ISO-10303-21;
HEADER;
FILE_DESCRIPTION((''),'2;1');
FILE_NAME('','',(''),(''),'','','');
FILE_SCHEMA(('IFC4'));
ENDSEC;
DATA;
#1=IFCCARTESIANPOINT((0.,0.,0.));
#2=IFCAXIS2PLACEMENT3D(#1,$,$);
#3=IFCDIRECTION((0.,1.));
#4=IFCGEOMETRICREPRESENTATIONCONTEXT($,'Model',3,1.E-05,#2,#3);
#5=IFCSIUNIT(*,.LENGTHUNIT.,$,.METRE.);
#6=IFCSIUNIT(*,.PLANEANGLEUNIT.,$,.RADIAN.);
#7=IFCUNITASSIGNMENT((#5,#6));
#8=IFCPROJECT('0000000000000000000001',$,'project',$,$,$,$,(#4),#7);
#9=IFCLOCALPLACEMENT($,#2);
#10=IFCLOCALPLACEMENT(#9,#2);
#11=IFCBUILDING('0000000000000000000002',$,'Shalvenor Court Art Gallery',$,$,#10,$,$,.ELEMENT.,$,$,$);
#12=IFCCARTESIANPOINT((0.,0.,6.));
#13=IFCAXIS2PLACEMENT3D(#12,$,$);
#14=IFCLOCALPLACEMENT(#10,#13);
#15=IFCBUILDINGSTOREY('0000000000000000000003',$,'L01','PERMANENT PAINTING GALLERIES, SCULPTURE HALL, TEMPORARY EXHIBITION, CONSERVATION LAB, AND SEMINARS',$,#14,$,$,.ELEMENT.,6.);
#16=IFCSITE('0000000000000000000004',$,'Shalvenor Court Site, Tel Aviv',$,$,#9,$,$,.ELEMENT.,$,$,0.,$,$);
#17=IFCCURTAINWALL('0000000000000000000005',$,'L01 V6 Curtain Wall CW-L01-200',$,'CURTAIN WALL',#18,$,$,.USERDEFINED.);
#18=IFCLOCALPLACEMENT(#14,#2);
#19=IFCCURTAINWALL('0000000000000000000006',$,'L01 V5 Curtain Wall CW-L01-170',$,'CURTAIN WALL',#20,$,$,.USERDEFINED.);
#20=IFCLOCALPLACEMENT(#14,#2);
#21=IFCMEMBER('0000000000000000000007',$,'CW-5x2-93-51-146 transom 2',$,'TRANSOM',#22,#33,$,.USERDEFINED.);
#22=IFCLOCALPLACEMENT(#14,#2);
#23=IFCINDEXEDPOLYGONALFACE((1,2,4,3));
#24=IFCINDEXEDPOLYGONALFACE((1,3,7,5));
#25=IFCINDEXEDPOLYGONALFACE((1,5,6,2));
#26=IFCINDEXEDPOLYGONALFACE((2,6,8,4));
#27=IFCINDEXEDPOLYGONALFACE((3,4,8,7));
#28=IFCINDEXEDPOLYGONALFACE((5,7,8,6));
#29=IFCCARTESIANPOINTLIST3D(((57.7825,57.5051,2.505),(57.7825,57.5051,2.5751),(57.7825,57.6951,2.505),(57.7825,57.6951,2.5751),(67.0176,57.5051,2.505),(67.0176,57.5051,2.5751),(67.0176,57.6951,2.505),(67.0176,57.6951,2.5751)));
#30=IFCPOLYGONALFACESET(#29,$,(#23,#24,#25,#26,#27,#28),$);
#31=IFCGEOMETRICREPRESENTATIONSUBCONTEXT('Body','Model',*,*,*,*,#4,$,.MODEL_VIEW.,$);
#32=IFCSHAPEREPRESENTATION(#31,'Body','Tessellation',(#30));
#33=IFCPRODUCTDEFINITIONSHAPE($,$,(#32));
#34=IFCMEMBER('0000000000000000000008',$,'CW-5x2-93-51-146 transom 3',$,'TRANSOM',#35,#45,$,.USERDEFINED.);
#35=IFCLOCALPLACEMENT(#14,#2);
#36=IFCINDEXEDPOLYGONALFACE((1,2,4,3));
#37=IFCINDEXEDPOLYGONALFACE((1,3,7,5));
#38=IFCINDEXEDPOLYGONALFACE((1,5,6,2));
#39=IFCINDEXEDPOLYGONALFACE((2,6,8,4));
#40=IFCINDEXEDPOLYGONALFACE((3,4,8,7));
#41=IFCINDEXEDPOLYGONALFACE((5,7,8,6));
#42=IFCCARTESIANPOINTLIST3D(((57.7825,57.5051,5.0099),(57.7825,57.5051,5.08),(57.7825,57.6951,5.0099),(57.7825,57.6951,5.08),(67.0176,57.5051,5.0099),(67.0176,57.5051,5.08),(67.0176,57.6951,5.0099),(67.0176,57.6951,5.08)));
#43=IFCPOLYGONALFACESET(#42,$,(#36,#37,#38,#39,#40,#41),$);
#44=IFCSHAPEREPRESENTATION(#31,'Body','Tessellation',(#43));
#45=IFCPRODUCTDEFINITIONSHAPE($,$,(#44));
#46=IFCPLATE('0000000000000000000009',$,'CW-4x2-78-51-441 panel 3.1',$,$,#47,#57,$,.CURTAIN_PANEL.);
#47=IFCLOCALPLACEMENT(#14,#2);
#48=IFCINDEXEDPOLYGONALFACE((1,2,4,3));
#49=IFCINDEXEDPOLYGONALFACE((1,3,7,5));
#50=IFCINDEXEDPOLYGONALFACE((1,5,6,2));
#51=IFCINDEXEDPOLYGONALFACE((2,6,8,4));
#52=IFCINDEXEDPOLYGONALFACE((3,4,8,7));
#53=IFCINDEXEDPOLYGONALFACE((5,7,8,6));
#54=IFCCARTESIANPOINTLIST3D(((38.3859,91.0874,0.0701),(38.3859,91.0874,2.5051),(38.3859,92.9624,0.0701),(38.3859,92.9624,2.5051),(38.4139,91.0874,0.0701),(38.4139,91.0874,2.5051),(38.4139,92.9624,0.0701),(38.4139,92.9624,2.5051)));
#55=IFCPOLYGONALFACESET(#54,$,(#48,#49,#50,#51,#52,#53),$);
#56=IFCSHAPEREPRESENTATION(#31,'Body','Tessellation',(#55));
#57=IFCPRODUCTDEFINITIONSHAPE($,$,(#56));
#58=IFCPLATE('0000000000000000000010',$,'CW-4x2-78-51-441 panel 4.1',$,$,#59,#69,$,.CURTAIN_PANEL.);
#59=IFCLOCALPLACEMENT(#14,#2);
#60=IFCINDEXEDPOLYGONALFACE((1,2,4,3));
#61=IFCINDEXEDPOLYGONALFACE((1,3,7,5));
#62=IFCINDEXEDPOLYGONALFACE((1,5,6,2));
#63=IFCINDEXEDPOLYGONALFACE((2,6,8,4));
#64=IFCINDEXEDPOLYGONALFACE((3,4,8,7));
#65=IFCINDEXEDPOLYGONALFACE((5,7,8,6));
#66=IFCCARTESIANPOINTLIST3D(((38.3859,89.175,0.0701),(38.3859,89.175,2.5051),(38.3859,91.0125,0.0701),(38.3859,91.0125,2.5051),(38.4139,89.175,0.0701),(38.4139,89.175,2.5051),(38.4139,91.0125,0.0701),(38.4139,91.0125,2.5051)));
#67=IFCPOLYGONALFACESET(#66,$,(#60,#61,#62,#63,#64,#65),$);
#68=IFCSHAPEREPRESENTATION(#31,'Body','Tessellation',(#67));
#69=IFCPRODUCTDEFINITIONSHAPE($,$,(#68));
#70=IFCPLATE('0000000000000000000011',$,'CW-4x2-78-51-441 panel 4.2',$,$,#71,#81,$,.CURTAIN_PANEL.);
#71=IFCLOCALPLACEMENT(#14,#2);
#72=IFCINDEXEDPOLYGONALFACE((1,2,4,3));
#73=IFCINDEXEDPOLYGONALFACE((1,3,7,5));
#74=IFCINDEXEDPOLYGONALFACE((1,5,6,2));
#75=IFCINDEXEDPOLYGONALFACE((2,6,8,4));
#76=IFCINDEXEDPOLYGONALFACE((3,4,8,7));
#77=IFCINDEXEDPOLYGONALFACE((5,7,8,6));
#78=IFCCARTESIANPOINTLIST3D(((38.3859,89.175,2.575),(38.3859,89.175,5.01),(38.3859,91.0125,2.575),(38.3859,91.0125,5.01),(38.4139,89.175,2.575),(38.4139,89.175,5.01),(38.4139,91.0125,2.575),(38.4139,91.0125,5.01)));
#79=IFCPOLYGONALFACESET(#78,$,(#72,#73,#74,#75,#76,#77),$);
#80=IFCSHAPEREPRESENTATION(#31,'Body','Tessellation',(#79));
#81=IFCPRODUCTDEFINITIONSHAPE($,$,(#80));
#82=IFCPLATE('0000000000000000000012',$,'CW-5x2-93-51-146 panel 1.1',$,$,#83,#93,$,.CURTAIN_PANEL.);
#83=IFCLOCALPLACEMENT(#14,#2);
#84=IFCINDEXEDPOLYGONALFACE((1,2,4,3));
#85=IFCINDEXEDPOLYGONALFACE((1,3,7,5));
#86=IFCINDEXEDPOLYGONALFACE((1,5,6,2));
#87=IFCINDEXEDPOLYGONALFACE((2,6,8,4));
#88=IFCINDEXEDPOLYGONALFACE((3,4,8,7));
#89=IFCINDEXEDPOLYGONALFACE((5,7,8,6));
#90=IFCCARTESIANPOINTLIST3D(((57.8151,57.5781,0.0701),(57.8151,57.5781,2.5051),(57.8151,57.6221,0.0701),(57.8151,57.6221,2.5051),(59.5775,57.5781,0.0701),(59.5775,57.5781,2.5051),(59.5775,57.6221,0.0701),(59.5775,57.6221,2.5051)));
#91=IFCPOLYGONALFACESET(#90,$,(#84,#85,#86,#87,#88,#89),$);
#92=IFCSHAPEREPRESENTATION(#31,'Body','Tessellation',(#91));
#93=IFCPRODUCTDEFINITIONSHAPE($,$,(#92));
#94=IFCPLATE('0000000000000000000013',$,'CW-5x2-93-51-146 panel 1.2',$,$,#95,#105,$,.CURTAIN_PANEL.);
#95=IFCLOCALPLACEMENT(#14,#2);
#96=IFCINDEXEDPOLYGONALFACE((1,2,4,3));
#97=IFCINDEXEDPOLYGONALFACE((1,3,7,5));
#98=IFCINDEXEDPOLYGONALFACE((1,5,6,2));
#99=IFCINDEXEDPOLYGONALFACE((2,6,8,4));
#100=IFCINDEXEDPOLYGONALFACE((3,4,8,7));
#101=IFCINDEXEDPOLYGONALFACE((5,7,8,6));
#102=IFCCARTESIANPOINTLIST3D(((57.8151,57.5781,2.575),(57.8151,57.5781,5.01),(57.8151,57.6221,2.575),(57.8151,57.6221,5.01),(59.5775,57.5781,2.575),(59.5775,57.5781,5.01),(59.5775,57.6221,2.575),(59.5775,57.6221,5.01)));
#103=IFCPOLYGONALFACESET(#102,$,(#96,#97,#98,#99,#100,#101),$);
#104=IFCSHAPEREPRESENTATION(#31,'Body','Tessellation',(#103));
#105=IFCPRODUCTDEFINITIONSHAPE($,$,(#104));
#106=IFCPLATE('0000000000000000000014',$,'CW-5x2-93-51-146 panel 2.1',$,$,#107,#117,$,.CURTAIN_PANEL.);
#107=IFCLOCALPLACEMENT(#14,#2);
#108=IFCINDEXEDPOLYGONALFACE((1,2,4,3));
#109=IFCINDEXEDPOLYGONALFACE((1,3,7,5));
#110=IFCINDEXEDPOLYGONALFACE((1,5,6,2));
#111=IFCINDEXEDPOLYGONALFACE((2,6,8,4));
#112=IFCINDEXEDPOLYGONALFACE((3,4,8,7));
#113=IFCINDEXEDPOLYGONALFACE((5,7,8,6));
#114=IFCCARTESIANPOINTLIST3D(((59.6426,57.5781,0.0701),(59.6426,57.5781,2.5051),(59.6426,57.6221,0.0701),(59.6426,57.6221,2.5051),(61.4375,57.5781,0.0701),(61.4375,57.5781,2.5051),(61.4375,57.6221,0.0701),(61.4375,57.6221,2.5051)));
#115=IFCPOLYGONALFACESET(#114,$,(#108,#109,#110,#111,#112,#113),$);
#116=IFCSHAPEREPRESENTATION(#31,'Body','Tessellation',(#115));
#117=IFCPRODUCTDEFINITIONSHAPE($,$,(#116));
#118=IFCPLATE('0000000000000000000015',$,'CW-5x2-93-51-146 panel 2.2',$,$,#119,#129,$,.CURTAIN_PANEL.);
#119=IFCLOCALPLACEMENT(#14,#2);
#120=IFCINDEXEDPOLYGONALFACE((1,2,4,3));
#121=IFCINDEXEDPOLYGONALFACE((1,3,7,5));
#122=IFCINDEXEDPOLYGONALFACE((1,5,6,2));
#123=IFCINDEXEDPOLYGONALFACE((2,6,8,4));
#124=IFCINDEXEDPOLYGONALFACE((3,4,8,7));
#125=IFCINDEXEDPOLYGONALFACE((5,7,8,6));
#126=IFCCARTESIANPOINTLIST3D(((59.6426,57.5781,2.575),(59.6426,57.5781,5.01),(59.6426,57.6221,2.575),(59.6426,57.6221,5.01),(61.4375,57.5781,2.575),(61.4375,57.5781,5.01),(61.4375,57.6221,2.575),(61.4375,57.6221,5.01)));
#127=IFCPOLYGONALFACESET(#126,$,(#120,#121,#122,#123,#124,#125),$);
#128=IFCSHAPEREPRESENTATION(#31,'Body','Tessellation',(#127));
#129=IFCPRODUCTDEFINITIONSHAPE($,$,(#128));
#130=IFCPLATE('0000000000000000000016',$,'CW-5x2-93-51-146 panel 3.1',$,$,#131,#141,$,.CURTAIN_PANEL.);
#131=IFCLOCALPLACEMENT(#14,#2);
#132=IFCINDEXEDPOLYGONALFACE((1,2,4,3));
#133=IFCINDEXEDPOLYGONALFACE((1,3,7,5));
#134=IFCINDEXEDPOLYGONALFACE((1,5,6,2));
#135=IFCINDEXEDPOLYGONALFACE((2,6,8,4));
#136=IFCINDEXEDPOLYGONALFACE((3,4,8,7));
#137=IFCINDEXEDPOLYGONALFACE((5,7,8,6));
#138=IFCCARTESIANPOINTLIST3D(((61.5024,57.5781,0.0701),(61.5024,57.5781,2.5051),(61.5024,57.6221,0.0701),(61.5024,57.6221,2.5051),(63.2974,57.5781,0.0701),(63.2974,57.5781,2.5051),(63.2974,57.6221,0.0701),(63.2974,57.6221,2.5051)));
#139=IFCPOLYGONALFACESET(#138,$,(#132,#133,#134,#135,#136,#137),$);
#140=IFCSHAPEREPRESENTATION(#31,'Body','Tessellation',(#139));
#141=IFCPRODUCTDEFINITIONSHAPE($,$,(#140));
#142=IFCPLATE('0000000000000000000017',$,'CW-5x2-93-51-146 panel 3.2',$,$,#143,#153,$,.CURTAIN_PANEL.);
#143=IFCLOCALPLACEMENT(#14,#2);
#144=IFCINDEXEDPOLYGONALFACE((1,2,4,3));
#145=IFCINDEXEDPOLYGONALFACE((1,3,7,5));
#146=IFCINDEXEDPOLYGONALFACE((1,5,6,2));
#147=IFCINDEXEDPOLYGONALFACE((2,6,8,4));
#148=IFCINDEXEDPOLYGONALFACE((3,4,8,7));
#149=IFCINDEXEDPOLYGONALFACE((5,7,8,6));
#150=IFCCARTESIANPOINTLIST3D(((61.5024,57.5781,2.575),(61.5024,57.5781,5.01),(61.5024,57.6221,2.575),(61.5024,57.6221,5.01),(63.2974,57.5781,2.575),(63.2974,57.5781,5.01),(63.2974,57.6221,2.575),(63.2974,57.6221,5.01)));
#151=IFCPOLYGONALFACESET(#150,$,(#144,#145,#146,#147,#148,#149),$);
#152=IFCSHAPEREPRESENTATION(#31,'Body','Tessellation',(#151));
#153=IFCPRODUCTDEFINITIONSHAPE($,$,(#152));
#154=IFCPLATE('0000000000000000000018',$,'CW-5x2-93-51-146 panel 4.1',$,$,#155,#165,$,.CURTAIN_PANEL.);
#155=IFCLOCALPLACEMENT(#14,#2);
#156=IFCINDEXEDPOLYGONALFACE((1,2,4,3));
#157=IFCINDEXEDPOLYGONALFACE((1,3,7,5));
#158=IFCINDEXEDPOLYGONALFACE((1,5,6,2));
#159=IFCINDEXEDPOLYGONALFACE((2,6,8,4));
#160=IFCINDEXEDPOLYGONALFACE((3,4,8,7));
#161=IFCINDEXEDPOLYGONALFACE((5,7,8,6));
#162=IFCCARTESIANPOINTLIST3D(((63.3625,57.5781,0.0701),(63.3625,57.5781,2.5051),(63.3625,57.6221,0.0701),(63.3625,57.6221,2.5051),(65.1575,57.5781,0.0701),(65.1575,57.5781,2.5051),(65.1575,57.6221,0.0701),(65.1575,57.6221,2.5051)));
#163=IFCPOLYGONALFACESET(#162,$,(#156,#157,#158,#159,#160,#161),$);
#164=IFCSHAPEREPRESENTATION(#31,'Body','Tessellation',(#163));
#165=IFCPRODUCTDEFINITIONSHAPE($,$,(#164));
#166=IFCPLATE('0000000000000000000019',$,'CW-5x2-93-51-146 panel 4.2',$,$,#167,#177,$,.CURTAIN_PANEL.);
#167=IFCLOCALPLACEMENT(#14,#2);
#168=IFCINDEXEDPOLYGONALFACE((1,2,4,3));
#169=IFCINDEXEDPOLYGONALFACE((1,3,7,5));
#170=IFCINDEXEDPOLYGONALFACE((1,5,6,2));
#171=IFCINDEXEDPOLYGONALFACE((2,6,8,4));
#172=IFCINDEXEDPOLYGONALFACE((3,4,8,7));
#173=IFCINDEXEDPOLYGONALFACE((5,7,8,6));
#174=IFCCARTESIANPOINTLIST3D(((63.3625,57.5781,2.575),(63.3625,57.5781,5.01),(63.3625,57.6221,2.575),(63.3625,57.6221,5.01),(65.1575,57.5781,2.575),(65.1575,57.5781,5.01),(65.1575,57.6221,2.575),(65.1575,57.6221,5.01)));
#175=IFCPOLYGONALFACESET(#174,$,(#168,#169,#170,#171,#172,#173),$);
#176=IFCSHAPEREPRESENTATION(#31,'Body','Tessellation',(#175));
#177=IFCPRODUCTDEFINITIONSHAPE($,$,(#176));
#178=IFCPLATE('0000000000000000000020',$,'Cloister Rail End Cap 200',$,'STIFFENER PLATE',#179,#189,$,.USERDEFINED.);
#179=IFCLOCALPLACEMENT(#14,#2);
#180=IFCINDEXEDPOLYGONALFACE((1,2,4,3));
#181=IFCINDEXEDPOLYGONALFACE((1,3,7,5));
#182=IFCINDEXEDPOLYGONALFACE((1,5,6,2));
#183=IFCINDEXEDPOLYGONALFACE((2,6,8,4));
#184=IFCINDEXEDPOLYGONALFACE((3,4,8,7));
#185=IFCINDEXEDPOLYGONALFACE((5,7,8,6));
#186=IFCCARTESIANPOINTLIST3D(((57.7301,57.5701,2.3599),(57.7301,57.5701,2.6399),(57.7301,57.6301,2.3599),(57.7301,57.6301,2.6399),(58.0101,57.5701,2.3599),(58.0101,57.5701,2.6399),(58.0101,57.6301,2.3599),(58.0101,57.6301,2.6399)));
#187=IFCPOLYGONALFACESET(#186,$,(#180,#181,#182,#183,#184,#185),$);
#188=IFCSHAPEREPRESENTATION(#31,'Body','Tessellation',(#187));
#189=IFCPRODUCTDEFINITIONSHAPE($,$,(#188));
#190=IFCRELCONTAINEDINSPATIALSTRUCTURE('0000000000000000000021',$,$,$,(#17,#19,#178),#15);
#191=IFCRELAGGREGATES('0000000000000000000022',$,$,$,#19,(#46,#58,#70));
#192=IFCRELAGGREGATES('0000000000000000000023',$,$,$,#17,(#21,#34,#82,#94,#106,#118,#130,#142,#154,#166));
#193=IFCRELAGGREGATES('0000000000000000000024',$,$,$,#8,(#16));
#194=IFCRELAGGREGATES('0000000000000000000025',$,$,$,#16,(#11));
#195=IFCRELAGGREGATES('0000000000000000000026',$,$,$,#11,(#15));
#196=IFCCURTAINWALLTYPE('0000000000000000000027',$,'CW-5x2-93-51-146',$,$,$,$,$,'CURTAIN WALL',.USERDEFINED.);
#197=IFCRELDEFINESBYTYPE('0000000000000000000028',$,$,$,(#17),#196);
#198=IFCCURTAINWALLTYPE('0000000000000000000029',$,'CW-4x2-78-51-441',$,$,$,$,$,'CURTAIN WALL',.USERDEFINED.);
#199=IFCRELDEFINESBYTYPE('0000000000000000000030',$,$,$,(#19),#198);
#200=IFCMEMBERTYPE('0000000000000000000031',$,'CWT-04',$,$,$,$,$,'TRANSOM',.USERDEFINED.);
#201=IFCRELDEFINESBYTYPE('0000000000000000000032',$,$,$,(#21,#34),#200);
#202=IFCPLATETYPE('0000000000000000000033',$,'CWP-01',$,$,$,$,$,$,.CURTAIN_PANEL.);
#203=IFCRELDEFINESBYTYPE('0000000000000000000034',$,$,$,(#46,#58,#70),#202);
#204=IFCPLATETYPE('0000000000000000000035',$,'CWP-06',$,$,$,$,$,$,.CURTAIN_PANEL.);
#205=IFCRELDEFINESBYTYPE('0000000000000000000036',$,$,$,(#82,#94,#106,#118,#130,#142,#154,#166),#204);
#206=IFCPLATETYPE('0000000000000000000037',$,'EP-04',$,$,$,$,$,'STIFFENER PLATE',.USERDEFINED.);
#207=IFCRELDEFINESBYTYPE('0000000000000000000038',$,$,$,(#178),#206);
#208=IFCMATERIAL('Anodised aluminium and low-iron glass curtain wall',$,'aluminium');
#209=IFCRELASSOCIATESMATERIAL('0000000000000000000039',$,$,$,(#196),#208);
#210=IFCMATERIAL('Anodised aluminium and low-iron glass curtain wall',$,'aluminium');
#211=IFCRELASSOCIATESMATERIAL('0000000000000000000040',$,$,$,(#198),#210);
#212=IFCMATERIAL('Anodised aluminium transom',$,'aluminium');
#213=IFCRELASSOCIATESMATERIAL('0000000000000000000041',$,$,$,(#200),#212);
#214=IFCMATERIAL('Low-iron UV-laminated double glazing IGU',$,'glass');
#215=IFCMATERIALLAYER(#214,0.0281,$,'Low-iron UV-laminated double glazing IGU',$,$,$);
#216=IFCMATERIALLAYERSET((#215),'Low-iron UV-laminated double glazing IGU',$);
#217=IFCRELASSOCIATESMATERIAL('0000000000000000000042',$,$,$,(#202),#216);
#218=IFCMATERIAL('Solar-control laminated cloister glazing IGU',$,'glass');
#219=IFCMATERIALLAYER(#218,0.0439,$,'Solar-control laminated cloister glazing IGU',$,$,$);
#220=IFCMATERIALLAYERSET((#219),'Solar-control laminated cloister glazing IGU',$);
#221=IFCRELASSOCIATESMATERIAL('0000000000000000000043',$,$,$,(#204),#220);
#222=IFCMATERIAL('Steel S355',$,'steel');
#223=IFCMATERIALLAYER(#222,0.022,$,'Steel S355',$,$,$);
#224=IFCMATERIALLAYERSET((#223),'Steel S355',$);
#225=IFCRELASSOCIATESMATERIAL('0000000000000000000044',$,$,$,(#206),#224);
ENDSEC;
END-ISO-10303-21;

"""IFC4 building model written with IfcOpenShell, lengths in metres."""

from ifc_helpers import new_model, si_unit, direction, frame, origin, origin_2d, place, context, subcontext, project, spatial, rectangle, extrude, material, layer, layer_set, material_profile, profile_set, type_object, element, aggregate, save


model = new_model("IFC4")

# Units and contexts
model_context = context("Model", 3, precision=1e-05, world=origin(), true_north=direction((0.0, 1.0)))
body_context = subcontext(model_context, "Body", "Model", "MODEL_VIEW")
ifc_project = project(units=[si_unit("LENGTHUNIT", "METRE"), si_unit("PLANEANGLEUNIT", "RADIAN")], contexts=[model_context])

# Site, building, storey
site_placement = place(None, origin())
site = spatial("IfcSite", under=ifc_project, at=site_placement, Name="Shalvenor Court Site, Tel Aviv", CompositionType="ELEMENT", RefElevation=0.0)
building_placement = place(site_placement, origin())
building = spatial("IfcBuilding", under=site, at=building_placement, Name="Shalvenor Court Art Gallery", CompositionType="ELEMENT")
storey_placement = place(building_placement, frame((0.0, 0.0, 6.0)))
storey = spatial("IfcBuildingStorey", under=building, at=storey_placement, Name="L01", Description="PERMANENT PAINTING GALLERIES, SCULPTURE HALL, TEMPORARY EXHIBITION, CONSERVATION LAB, AND SEMINARS", CompositionType="ELEMENT", Elevation=6.0)

# Curtain walls
ifc_material_1 = material(Name="Anodised aluminium and low-iron glass curtain wall", Category="aluminium")
curtain_wall_type_1 = type_object("IfcCurtainWallType", Name="CW-5x2-93-51-146", ElementType="CURTAIN WALL", PredefinedType="USERDEFINED", material=ifc_material_1)
curtain_wall_1_placement = place(storey_placement, origin())
curtain_wall_1 = element("IfcCurtainWall", 1, at=curtain_wall_1_placement, inside=storey, type_object=curtain_wall_type_1, Name="L01 V6 Curtain Wall CW-L01-200", ObjectType="CURTAIN WALL", PredefinedType="USERDEFINED")
ifc_material_2 = material(Name="Anodised aluminium and low-iron glass curtain wall", Category="aluminium")
curtain_wall_type_2 = type_object("IfcCurtainWallType", Name="CW-4x2-78-51-441", ElementType="CURTAIN WALL", PredefinedType="USERDEFINED", material=ifc_material_2)
curtain_wall_2_placement = place(storey_placement, origin())
curtain_wall_2 = element("IfcCurtainWall", 2, at=curtain_wall_2_placement, inside=storey, type_object=curtain_wall_type_2, Name="L01 V5 Curtain Wall CW-L01-170", ObjectType="CURTAIN WALL", PredefinedType="USERDEFINED")

# Members
ifc_material_3 = material(Name="Anodised aluminium transom", Category="aluminium")
ifc_material_profile_1 = material_profile(ifc_material_3, rectangle(XDim=0.1899, YDim=0.0701, at=origin_2d()), Name="CWT-04")
ifc_profile_set_1 = profile_set([ifc_material_profile_1], Name="Anodised aluminium transom")
member_type_1 = type_object("IfcMemberType", Name="CWT-04", ElementType="TRANSOM", PredefinedType="USERDEFINED", material=ifc_profile_set_1)
member_1_placement = place(storey_placement, frame((57.7825, 57.6001, 2.54), z_axis=(1.0, 0.0, 0.0), x_axis=(0.0, 1.0, 0.0)))
member_1 = element("IfcMember", 3, at=member_1_placement, type_object=member_type_1, Name="CW-5x2-93-51-146 transom 2", ObjectType="TRANSOM", PredefinedType="USERDEFINED", context=body_context, shape_type="SweptSolid", body=[
    extrude(rectangle(XDim=0.1899, YDim=0.0701, at=origin_2d()), origin(), (0.0, 0.0, 1.0), 9.2351),
])
member_2_placement = place(storey_placement, frame((57.7825, 57.6001, 5.0449), z_axis=(1.0, 0.0, 0.0), x_axis=(0.0, 1.0, 0.0)))
member_2 = element("IfcMember", 4, at=member_2_placement, type_object=member_type_1, Name="CW-5x2-93-51-146 transom 3", ObjectType="TRANSOM", PredefinedType="USERDEFINED", context=body_context, shape_type="SweptSolid", body=[
    extrude(rectangle(XDim=0.1899, YDim=0.0701, at=origin_2d()), origin(), (0.0, 0.0, 1.0), 9.2351),
])

# Plates
ifc_material_4 = material(Name="Low-iron UV-laminated double glazing IGU", Category="glass")
ifc_layer_1 = layer(ifc_material_4, 0.0281, Name="Low-iron UV-laminated double glazing IGU")
ifc_layer_set_1 = layer_set([ifc_layer_1], Name="Low-iron UV-laminated double glazing IGU")
plate_type_1 = type_object("IfcPlateType", Name="CWP-01", PredefinedType="CURTAIN_PANEL", material=ifc_layer_set_1)
plate_1_placement = place(storey_placement, frame((38.3999, 92.0249, 0.0701), z_axis=(0.0, 0.0, 1.0), x_axis=(0.0, -1.0, 0.0)))
plate_1 = element("IfcPlate", 5, at=plate_1_placement, type_object=plate_type_1, Name="CW-4x2-78-51-441 panel 3.1", PredefinedType="CURTAIN_PANEL", context=body_context, shape_type="SweptSolid", body=[
    extrude(rectangle(XDim=1.875, YDim=0.0281, at=origin_2d()), origin(), (0.0, 0.0, 1.0), 2.4351),
])
plate_2_placement = place(storey_placement, frame((38.3999, 90.0938, 0.0701), z_axis=(0.0, 0.0, 1.0), x_axis=(0.0, -1.0, 0.0)))
plate_2 = element("IfcPlate", 6, at=plate_2_placement, type_object=plate_type_1, Name="CW-4x2-78-51-441 panel 4.1", PredefinedType="CURTAIN_PANEL", context=body_context, shape_type="SweptSolid", body=[
    extrude(rectangle(XDim=1.8374, YDim=0.0281, at=origin_2d()), origin(), (0.0, 0.0, 1.0), 2.4351),
])
plate_3_placement = place(storey_placement, frame((38.3999, 90.0938, 2.575), z_axis=(0.0, 0.0, 1.0), x_axis=(0.0, -1.0, 0.0)))
plate_3 = element("IfcPlate", 7, at=plate_3_placement, type_object=plate_type_1, Name="CW-4x2-78-51-441 panel 4.2", PredefinedType="CURTAIN_PANEL", context=body_context, shape_type="SweptSolid", body=[
    extrude(rectangle(XDim=1.8374, YDim=0.0281, at=origin_2d()), origin(), (0.0, 0.0, 1.0), 2.4351),
])
aggregate(curtain_wall_2, [plate_1, plate_2, plate_3])
ifc_material_5 = material(Name="Solar-control laminated cloister glazing IGU", Category="glass")
ifc_layer_2 = layer(ifc_material_5, 0.0439, Name="Solar-control laminated cloister glazing IGU")
ifc_layer_set_2 = layer_set([ifc_layer_2], Name="Solar-control laminated cloister glazing IGU")
plate_type_2 = type_object("IfcPlateType", Name="CWP-06", PredefinedType="CURTAIN_PANEL", material=ifc_layer_set_2)
plate_4_placement = place(storey_placement, frame((58.6963, 57.6001, 0.0701), z_axis=(0.0, 0.0, 1.0), x_axis=(1.0, 0.0, 0.0)))
plate_4 = element("IfcPlate", 8, at=plate_4_placement, type_object=plate_type_2, Name="CW-5x2-93-51-146 panel 1.1", PredefinedType="CURTAIN_PANEL", context=body_context, shape_type="SweptSolid", body=[
    extrude(rectangle(XDim=1.7625, YDim=0.0439, at=origin_2d()), origin(), (0.0, 0.0, 1.0), 2.4351),
])
plate_5_placement = place(storey_placement, frame((58.6963, 57.6001, 2.575), z_axis=(0.0, 0.0, 1.0), x_axis=(1.0, 0.0, 0.0)))
plate_5 = element("IfcPlate", 9, at=plate_5_placement, type_object=plate_type_2, Name="CW-5x2-93-51-146 panel 1.2", PredefinedType="CURTAIN_PANEL", context=body_context, shape_type="SweptSolid", body=[
    extrude(rectangle(XDim=1.7625, YDim=0.0439, at=origin_2d()), origin(), (0.0, 0.0, 1.0), 2.4351),
])
plate_6_placement = place(storey_placement, frame((60.54, 57.6001, 0.0701), z_axis=(0.0, 0.0, 1.0), x_axis=(1.0, 0.0, 0.0)))
plate_6 = element("IfcPlate", 10, at=plate_6_placement, type_object=plate_type_2, Name="CW-5x2-93-51-146 panel 2.1", PredefinedType="CURTAIN_PANEL", context=body_context, shape_type="SweptSolid", body=[
    extrude(rectangle(XDim=1.7949, YDim=0.0439, at=origin_2d()), origin(), (0.0, 0.0, 1.0), 2.4351),
])
plate_7_placement = place(storey_placement, frame((60.54, 57.6001, 2.575), z_axis=(0.0, 0.0, 1.0), x_axis=(1.0, 0.0, 0.0)))
plate_7 = element("IfcPlate", 11, at=plate_7_placement, type_object=plate_type_2, Name="CW-5x2-93-51-146 panel 2.2", PredefinedType="CURTAIN_PANEL", context=body_context, shape_type="SweptSolid", body=[
    extrude(rectangle(XDim=1.7949, YDim=0.0439, at=origin_2d()), origin(), (0.0, 0.0, 1.0), 2.4351),
])
plate_8_placement = place(storey_placement, frame((62.3999, 57.6001, 0.0701), z_axis=(0.0, 0.0, 1.0), x_axis=(1.0, 0.0, 0.0)))
plate_8 = element("IfcPlate", 12, at=plate_8_placement, type_object=plate_type_2, Name="CW-5x2-93-51-146 panel 3.1", PredefinedType="CURTAIN_PANEL", context=body_context, shape_type="SweptSolid", body=[
    extrude(rectangle(XDim=1.7949, YDim=0.0439, at=origin_2d()), origin(), (0.0, 0.0, 1.0), 2.4351),
])
plate_9_placement = place(storey_placement, frame((62.3999, 57.6001, 2.575), z_axis=(0.0, 0.0, 1.0), x_axis=(1.0, 0.0, 0.0)))
plate_9 = element("IfcPlate", 13, at=plate_9_placement, type_object=plate_type_2, Name="CW-5x2-93-51-146 panel 3.2", PredefinedType="CURTAIN_PANEL", context=body_context, shape_type="SweptSolid", body=[
    extrude(rectangle(XDim=1.7949, YDim=0.0439, at=origin_2d()), origin(), (0.0, 0.0, 1.0), 2.4351),
])
plate_10_placement = place(storey_placement, frame((64.26, 57.6001, 0.0701), z_axis=(0.0, 0.0, 1.0), x_axis=(1.0, 0.0, 0.0)))
plate_10 = element("IfcPlate", 14, at=plate_10_placement, type_object=plate_type_2, Name="CW-5x2-93-51-146 panel 4.1", PredefinedType="CURTAIN_PANEL", context=body_context, shape_type="SweptSolid", body=[
    extrude(rectangle(XDim=1.7949, YDim=0.0439, at=origin_2d()), origin(), (0.0, 0.0, 1.0), 2.4351),
])
plate_11_placement = place(storey_placement, frame((64.26, 57.6001, 2.575), z_axis=(0.0, 0.0, 1.0), x_axis=(1.0, 0.0, 0.0)))
plate_11 = element("IfcPlate", 15, at=plate_11_placement, type_object=plate_type_2, Name="CW-5x2-93-51-146 panel 4.2", PredefinedType="CURTAIN_PANEL", context=body_context, shape_type="SweptSolid", body=[
    extrude(rectangle(XDim=1.7949, YDim=0.0439, at=origin_2d()), origin(), (0.0, 0.0, 1.0), 2.4351),
])
aggregate(curtain_wall_1, [member_1, member_2, plate_4, plate_5, plate_6, plate_7, plate_8, plate_9, plate_10, plate_11])
ifc_material_6 = material(Name="Steel S355", Category="steel")
ifc_layer_3 = layer(ifc_material_6, 0.022, Name="Steel S355")
ifc_layer_set_3 = layer_set([ifc_layer_3], Name="Steel S355")
plate_type_3 = type_object("IfcPlateType", Name="EP-04", ElementType="STIFFENER PLATE", PredefinedType="USERDEFINED", material=ifc_layer_set_3)
plate_12_placement = place(storey_placement, frame((57.8701, 57.6001, 2.3599), z_axis=(0.0, 0.0, 1.0), x_axis=(1.0, 0.0, 0.0)))
element("IfcPlate", 16, at=plate_12_placement, inside=storey, type_object=plate_type_3, Name="Cloister Rail End Cap 200", ObjectType="STIFFENER PLATE", PredefinedType="USERDEFINED", context=body_context, shape_type="SweptSolid", body=[
    extrude(rectangle(XDim=0.28, YDim=0.0601, at=origin_2d()), origin(), (0.0, 0.0, 1.0), 0.28),
])

save(model, "model.ifc")
